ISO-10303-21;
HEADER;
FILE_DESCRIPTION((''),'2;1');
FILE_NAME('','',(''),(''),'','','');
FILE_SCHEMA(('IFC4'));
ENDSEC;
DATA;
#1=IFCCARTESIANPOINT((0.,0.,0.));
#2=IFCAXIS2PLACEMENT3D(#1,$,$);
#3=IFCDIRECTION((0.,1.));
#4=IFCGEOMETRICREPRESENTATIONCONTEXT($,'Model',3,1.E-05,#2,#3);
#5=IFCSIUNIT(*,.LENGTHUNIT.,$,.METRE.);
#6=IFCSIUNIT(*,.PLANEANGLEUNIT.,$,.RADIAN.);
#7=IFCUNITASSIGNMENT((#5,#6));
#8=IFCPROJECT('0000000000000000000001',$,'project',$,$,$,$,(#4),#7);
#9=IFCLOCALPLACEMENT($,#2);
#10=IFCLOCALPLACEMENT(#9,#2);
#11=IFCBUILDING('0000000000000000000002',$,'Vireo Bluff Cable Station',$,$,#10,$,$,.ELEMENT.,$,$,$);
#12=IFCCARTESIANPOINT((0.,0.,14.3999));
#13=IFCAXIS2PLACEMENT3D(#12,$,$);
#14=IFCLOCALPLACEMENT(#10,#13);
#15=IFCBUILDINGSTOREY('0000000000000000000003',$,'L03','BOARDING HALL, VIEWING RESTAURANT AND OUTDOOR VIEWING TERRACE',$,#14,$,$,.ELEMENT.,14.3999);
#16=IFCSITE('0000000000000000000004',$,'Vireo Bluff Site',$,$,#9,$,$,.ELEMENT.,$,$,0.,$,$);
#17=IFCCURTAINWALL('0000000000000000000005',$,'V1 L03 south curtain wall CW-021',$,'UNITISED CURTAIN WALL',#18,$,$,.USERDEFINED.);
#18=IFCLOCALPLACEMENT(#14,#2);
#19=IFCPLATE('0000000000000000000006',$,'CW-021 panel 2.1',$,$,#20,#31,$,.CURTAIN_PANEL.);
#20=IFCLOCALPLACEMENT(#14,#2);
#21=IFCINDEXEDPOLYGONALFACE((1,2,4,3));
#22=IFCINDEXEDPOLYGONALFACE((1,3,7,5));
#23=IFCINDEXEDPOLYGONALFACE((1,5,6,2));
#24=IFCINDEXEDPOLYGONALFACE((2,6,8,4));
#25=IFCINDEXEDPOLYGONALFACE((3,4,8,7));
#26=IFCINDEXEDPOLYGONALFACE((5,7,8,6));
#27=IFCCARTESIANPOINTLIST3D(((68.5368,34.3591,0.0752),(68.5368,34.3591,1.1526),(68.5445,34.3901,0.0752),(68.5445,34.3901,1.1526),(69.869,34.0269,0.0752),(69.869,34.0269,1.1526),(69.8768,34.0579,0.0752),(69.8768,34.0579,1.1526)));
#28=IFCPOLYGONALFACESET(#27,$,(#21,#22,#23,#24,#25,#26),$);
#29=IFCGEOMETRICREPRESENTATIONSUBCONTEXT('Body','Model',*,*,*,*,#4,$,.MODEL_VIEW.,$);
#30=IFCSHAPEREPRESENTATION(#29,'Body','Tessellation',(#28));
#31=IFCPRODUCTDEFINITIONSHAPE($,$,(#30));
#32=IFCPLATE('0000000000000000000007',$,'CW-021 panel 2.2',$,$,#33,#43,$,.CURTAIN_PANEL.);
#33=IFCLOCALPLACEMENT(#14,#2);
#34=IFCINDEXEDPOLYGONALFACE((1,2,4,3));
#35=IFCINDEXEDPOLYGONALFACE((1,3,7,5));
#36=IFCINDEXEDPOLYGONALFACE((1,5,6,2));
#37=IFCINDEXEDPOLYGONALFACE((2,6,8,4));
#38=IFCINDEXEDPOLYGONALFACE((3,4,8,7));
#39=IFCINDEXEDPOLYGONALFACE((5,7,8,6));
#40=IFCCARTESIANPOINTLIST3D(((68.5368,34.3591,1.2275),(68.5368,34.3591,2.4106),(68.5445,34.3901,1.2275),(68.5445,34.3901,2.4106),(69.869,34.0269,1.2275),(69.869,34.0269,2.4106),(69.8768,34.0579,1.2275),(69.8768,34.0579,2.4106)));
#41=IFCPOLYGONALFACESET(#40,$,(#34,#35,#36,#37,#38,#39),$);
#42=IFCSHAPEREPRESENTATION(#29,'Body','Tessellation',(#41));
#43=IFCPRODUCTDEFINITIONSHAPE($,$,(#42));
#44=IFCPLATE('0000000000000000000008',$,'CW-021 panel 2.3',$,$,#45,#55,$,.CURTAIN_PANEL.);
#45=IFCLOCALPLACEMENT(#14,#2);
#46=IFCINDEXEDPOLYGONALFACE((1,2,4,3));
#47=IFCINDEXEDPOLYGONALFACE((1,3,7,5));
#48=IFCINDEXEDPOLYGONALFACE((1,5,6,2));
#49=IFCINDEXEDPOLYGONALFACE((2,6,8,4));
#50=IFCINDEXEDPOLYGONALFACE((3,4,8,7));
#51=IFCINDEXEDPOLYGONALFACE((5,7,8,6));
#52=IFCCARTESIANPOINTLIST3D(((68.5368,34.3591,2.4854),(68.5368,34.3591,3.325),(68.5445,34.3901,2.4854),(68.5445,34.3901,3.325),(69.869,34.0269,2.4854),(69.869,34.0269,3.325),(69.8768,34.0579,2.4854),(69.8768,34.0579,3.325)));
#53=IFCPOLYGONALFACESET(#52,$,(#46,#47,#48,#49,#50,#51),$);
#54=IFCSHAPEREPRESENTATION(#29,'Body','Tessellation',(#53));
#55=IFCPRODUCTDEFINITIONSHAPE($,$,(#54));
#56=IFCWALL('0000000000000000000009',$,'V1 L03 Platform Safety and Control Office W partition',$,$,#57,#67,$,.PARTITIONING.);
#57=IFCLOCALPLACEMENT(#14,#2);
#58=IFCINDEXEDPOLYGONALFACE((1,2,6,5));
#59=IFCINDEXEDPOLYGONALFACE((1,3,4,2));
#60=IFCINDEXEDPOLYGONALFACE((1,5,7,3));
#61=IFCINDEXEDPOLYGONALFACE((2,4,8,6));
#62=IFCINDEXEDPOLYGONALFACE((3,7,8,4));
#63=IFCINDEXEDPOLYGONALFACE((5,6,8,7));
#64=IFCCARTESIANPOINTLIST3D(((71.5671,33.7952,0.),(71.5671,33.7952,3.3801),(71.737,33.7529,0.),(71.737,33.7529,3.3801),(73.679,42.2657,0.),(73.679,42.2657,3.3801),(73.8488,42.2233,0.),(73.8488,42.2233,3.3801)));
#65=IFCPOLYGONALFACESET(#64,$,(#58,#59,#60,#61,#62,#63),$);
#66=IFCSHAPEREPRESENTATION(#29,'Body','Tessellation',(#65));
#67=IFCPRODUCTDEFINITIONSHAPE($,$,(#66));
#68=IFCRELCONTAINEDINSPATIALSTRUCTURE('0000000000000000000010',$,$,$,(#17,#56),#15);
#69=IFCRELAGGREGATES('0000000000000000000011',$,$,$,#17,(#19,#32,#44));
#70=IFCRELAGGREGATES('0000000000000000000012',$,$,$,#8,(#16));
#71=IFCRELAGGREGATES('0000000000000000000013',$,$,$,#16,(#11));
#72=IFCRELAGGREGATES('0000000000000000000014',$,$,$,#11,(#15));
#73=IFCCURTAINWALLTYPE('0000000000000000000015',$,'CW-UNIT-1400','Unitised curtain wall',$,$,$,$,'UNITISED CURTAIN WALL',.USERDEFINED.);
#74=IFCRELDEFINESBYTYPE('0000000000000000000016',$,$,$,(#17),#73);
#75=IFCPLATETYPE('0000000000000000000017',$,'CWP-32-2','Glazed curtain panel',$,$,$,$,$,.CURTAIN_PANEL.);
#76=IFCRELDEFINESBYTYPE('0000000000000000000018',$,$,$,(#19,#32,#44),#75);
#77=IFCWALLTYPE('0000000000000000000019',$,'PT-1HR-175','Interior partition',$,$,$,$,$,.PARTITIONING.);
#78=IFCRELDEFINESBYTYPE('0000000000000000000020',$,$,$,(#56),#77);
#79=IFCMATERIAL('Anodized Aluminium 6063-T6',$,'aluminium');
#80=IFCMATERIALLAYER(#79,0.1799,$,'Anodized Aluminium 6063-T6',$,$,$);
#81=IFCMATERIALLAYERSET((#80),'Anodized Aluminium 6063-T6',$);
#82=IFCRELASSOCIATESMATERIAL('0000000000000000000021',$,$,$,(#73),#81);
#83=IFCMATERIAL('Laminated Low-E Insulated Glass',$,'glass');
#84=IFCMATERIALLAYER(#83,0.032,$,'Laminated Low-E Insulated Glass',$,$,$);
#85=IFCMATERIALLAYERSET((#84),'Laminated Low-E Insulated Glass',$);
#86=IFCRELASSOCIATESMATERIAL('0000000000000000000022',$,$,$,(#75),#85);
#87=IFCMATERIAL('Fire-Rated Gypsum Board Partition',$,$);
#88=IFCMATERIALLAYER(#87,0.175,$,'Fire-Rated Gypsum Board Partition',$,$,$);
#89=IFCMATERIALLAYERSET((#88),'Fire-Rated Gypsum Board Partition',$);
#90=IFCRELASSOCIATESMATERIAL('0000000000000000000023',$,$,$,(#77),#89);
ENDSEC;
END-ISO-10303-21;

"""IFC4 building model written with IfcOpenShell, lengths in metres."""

from ifc_helpers import new_model, si_unit, direction, frame, frame_2d, origin, origin_2d, place, context, subcontext, project, spatial, rectangle, extrude, material, layer, layer_set, type_object, element, aggregate, save


model = new_model("IFC4")

# Units and contexts
model_context = context("Model", 3, precision=1e-05, world=origin(), true_north=direction((0.0, 1.0)))
body_context = subcontext(model_context, "Body", "Model", "MODEL_VIEW")
ifc_project = project(units=[si_unit("LENGTHUNIT", "METRE"), si_unit("PLANEANGLEUNIT", "RADIAN")], contexts=[model_context])

# Site, building, storey
site_placement = place(None, origin())
site = spatial("IfcSite", under=ifc_project, at=site_placement, Name="Vireo Bluff Site", CompositionType="ELEMENT", RefElevation=0.0)
building_placement = place(site_placement, origin())
building = spatial("IfcBuilding", under=site, at=building_placement, Name="Vireo Bluff Cable Station", CompositionType="ELEMENT")
storey_placement = place(building_placement, frame((0.0, 0.0, 14.3999)))
storey = spatial("IfcBuildingStorey", under=building, at=storey_placement, Name="L03", Description="BOARDING HALL, VIEWING RESTAURANT AND OUTDOOR VIEWING TERRACE", CompositionType="ELEMENT", Elevation=14.3999)

# Shared definitions
ifc_material_1 = material(Name="Anodized Aluminium 6063-T6", Category="aluminium")

# Curtain wall
ifc_layer_1 = layer(ifc_material_1, 0.1799, Name="Anodized Aluminium 6063-T6")
ifc_layer_set_1 = layer_set([ifc_layer_1], Name="Anodized Aluminium 6063-T6")
curtain_wall_type_1 = type_object("IfcCurtainWallType", Name="CW-UNIT-1400", Description="Unitised curtain wall", ElementType="UNITISED CURTAIN WALL", PredefinedType="USERDEFINED", material=ifc_layer_set_1)
curtain_wall_1_placement = place(storey_placement, origin())
curtain_wall_1 = element("IfcCurtainWall", 1, at=curtain_wall_1_placement, inside=storey, type_object=curtain_wall_type_1, Name="V1 L03 south curtain wall CW-021", ObjectType="UNITISED CURTAIN WALL", PredefinedType="USERDEFINED")

# Plates
ifc_material_2 = material(Name="Laminated Low-E Insulated Glass", Category="glass")
ifc_layer_2 = layer(ifc_material_2, 0.032, Name="Laminated Low-E Insulated Glass")
ifc_layer_set_2 = layer_set([ifc_layer_2], Name="Laminated Low-E Insulated Glass")
plate_type = type_object("IfcPlateType", Name="CWP-32-2", Description="Glazed curtain panel", PredefinedType="CURTAIN_PANEL", material=ifc_layer_set_2)
plate_1_placement = place(storey_placement, frame((69.2068, 34.2085, 0.0752), z_axis=(0.0, 0.0, 1.0), x_axis=(-0.970296, 0.241922, 0.0)))
plate_1 = element("IfcPlate", 2, at=plate_1_placement, type_object=plate_type, Name="CW-021 panel 2.1", PredefinedType="CURTAIN_PANEL", context=body_context, shape_type="SweptSolid", body=[
    extrude(rectangle(XDim=1.373, YDim=0.032, at=origin_2d()), origin(), (0.0, 0.0, 1.0), 1.0774),
])
plate_2_placement = place(storey_placement, frame((69.2068, 34.2085, 1.2275), z_axis=(0.0, 0.0, 1.0), x_axis=(-0.970296, 0.241922, 0.0)))
plate_2 = element("IfcPlate", 3, at=plate_2_placement, type_object=plate_type, Name="CW-021 panel 2.2", PredefinedType="CURTAIN_PANEL", context=body_context, shape_type="SweptSolid", body=[
    extrude(rectangle(XDim=1.373, YDim=0.032, at=origin_2d()), origin(), (0.0, 0.0, 1.0), 1.1831),
])
plate_3_placement = place(storey_placement, frame((69.2068, 34.2085, 2.4854), z_axis=(0.0, 0.0, 1.0), x_axis=(-0.970296, 0.241922, 0.0)))
plate_3 = element("IfcPlate", 4, at=plate_3_placement, type_object=plate_type, Name="CW-021 panel 2.3", PredefinedType="CURTAIN_PANEL", context=body_context, shape_type="SweptSolid", body=[
    extrude(rectangle(XDim=1.373, YDim=0.032, at=origin_2d()), origin(), (0.0, 0.0, 1.0), 0.8396),
])
aggregate(curtain_wall_1, [plate_1, plate_2, plate_3])

# Wall
ifc_material_3 = material(Name="Fire-Rated Gypsum Board Partition")
ifc_layer_3 = layer(ifc_material_3, 0.175, Name="Fire-Rated Gypsum Board Partition")
ifc_layer_set_3 = layer_set([ifc_layer_3], Name="Fire-Rated Gypsum Board Partition")
wall_type = type_object("IfcWallType", Name="PT-1HR-175", Description="Interior partition", PredefinedType="PARTITIONING", material=ifc_layer_set_3)
wall_placement = place(storey_placement, frame((71.6521, 33.7742, 0.0), z_axis=(0.0, 0.0, 1.0), x_axis=(0.24191, 0.970299, 0.0)))
element("IfcWall", 5, at=wall_placement, inside=storey, type_object=wall_type, Name="V1 L03 Platform Safety and Control Office W partition", PredefinedType="PARTITIONING", context=body_context, shape_type="SweptSolid", body=[
    extrude(rectangle(XDim=8.7297, YDim=0.175, at=frame_2d((4.3647, 0.0))), origin(), (0.0, 0.0, 1.0), 3.3801),
])

save(model, "model.ifc")
